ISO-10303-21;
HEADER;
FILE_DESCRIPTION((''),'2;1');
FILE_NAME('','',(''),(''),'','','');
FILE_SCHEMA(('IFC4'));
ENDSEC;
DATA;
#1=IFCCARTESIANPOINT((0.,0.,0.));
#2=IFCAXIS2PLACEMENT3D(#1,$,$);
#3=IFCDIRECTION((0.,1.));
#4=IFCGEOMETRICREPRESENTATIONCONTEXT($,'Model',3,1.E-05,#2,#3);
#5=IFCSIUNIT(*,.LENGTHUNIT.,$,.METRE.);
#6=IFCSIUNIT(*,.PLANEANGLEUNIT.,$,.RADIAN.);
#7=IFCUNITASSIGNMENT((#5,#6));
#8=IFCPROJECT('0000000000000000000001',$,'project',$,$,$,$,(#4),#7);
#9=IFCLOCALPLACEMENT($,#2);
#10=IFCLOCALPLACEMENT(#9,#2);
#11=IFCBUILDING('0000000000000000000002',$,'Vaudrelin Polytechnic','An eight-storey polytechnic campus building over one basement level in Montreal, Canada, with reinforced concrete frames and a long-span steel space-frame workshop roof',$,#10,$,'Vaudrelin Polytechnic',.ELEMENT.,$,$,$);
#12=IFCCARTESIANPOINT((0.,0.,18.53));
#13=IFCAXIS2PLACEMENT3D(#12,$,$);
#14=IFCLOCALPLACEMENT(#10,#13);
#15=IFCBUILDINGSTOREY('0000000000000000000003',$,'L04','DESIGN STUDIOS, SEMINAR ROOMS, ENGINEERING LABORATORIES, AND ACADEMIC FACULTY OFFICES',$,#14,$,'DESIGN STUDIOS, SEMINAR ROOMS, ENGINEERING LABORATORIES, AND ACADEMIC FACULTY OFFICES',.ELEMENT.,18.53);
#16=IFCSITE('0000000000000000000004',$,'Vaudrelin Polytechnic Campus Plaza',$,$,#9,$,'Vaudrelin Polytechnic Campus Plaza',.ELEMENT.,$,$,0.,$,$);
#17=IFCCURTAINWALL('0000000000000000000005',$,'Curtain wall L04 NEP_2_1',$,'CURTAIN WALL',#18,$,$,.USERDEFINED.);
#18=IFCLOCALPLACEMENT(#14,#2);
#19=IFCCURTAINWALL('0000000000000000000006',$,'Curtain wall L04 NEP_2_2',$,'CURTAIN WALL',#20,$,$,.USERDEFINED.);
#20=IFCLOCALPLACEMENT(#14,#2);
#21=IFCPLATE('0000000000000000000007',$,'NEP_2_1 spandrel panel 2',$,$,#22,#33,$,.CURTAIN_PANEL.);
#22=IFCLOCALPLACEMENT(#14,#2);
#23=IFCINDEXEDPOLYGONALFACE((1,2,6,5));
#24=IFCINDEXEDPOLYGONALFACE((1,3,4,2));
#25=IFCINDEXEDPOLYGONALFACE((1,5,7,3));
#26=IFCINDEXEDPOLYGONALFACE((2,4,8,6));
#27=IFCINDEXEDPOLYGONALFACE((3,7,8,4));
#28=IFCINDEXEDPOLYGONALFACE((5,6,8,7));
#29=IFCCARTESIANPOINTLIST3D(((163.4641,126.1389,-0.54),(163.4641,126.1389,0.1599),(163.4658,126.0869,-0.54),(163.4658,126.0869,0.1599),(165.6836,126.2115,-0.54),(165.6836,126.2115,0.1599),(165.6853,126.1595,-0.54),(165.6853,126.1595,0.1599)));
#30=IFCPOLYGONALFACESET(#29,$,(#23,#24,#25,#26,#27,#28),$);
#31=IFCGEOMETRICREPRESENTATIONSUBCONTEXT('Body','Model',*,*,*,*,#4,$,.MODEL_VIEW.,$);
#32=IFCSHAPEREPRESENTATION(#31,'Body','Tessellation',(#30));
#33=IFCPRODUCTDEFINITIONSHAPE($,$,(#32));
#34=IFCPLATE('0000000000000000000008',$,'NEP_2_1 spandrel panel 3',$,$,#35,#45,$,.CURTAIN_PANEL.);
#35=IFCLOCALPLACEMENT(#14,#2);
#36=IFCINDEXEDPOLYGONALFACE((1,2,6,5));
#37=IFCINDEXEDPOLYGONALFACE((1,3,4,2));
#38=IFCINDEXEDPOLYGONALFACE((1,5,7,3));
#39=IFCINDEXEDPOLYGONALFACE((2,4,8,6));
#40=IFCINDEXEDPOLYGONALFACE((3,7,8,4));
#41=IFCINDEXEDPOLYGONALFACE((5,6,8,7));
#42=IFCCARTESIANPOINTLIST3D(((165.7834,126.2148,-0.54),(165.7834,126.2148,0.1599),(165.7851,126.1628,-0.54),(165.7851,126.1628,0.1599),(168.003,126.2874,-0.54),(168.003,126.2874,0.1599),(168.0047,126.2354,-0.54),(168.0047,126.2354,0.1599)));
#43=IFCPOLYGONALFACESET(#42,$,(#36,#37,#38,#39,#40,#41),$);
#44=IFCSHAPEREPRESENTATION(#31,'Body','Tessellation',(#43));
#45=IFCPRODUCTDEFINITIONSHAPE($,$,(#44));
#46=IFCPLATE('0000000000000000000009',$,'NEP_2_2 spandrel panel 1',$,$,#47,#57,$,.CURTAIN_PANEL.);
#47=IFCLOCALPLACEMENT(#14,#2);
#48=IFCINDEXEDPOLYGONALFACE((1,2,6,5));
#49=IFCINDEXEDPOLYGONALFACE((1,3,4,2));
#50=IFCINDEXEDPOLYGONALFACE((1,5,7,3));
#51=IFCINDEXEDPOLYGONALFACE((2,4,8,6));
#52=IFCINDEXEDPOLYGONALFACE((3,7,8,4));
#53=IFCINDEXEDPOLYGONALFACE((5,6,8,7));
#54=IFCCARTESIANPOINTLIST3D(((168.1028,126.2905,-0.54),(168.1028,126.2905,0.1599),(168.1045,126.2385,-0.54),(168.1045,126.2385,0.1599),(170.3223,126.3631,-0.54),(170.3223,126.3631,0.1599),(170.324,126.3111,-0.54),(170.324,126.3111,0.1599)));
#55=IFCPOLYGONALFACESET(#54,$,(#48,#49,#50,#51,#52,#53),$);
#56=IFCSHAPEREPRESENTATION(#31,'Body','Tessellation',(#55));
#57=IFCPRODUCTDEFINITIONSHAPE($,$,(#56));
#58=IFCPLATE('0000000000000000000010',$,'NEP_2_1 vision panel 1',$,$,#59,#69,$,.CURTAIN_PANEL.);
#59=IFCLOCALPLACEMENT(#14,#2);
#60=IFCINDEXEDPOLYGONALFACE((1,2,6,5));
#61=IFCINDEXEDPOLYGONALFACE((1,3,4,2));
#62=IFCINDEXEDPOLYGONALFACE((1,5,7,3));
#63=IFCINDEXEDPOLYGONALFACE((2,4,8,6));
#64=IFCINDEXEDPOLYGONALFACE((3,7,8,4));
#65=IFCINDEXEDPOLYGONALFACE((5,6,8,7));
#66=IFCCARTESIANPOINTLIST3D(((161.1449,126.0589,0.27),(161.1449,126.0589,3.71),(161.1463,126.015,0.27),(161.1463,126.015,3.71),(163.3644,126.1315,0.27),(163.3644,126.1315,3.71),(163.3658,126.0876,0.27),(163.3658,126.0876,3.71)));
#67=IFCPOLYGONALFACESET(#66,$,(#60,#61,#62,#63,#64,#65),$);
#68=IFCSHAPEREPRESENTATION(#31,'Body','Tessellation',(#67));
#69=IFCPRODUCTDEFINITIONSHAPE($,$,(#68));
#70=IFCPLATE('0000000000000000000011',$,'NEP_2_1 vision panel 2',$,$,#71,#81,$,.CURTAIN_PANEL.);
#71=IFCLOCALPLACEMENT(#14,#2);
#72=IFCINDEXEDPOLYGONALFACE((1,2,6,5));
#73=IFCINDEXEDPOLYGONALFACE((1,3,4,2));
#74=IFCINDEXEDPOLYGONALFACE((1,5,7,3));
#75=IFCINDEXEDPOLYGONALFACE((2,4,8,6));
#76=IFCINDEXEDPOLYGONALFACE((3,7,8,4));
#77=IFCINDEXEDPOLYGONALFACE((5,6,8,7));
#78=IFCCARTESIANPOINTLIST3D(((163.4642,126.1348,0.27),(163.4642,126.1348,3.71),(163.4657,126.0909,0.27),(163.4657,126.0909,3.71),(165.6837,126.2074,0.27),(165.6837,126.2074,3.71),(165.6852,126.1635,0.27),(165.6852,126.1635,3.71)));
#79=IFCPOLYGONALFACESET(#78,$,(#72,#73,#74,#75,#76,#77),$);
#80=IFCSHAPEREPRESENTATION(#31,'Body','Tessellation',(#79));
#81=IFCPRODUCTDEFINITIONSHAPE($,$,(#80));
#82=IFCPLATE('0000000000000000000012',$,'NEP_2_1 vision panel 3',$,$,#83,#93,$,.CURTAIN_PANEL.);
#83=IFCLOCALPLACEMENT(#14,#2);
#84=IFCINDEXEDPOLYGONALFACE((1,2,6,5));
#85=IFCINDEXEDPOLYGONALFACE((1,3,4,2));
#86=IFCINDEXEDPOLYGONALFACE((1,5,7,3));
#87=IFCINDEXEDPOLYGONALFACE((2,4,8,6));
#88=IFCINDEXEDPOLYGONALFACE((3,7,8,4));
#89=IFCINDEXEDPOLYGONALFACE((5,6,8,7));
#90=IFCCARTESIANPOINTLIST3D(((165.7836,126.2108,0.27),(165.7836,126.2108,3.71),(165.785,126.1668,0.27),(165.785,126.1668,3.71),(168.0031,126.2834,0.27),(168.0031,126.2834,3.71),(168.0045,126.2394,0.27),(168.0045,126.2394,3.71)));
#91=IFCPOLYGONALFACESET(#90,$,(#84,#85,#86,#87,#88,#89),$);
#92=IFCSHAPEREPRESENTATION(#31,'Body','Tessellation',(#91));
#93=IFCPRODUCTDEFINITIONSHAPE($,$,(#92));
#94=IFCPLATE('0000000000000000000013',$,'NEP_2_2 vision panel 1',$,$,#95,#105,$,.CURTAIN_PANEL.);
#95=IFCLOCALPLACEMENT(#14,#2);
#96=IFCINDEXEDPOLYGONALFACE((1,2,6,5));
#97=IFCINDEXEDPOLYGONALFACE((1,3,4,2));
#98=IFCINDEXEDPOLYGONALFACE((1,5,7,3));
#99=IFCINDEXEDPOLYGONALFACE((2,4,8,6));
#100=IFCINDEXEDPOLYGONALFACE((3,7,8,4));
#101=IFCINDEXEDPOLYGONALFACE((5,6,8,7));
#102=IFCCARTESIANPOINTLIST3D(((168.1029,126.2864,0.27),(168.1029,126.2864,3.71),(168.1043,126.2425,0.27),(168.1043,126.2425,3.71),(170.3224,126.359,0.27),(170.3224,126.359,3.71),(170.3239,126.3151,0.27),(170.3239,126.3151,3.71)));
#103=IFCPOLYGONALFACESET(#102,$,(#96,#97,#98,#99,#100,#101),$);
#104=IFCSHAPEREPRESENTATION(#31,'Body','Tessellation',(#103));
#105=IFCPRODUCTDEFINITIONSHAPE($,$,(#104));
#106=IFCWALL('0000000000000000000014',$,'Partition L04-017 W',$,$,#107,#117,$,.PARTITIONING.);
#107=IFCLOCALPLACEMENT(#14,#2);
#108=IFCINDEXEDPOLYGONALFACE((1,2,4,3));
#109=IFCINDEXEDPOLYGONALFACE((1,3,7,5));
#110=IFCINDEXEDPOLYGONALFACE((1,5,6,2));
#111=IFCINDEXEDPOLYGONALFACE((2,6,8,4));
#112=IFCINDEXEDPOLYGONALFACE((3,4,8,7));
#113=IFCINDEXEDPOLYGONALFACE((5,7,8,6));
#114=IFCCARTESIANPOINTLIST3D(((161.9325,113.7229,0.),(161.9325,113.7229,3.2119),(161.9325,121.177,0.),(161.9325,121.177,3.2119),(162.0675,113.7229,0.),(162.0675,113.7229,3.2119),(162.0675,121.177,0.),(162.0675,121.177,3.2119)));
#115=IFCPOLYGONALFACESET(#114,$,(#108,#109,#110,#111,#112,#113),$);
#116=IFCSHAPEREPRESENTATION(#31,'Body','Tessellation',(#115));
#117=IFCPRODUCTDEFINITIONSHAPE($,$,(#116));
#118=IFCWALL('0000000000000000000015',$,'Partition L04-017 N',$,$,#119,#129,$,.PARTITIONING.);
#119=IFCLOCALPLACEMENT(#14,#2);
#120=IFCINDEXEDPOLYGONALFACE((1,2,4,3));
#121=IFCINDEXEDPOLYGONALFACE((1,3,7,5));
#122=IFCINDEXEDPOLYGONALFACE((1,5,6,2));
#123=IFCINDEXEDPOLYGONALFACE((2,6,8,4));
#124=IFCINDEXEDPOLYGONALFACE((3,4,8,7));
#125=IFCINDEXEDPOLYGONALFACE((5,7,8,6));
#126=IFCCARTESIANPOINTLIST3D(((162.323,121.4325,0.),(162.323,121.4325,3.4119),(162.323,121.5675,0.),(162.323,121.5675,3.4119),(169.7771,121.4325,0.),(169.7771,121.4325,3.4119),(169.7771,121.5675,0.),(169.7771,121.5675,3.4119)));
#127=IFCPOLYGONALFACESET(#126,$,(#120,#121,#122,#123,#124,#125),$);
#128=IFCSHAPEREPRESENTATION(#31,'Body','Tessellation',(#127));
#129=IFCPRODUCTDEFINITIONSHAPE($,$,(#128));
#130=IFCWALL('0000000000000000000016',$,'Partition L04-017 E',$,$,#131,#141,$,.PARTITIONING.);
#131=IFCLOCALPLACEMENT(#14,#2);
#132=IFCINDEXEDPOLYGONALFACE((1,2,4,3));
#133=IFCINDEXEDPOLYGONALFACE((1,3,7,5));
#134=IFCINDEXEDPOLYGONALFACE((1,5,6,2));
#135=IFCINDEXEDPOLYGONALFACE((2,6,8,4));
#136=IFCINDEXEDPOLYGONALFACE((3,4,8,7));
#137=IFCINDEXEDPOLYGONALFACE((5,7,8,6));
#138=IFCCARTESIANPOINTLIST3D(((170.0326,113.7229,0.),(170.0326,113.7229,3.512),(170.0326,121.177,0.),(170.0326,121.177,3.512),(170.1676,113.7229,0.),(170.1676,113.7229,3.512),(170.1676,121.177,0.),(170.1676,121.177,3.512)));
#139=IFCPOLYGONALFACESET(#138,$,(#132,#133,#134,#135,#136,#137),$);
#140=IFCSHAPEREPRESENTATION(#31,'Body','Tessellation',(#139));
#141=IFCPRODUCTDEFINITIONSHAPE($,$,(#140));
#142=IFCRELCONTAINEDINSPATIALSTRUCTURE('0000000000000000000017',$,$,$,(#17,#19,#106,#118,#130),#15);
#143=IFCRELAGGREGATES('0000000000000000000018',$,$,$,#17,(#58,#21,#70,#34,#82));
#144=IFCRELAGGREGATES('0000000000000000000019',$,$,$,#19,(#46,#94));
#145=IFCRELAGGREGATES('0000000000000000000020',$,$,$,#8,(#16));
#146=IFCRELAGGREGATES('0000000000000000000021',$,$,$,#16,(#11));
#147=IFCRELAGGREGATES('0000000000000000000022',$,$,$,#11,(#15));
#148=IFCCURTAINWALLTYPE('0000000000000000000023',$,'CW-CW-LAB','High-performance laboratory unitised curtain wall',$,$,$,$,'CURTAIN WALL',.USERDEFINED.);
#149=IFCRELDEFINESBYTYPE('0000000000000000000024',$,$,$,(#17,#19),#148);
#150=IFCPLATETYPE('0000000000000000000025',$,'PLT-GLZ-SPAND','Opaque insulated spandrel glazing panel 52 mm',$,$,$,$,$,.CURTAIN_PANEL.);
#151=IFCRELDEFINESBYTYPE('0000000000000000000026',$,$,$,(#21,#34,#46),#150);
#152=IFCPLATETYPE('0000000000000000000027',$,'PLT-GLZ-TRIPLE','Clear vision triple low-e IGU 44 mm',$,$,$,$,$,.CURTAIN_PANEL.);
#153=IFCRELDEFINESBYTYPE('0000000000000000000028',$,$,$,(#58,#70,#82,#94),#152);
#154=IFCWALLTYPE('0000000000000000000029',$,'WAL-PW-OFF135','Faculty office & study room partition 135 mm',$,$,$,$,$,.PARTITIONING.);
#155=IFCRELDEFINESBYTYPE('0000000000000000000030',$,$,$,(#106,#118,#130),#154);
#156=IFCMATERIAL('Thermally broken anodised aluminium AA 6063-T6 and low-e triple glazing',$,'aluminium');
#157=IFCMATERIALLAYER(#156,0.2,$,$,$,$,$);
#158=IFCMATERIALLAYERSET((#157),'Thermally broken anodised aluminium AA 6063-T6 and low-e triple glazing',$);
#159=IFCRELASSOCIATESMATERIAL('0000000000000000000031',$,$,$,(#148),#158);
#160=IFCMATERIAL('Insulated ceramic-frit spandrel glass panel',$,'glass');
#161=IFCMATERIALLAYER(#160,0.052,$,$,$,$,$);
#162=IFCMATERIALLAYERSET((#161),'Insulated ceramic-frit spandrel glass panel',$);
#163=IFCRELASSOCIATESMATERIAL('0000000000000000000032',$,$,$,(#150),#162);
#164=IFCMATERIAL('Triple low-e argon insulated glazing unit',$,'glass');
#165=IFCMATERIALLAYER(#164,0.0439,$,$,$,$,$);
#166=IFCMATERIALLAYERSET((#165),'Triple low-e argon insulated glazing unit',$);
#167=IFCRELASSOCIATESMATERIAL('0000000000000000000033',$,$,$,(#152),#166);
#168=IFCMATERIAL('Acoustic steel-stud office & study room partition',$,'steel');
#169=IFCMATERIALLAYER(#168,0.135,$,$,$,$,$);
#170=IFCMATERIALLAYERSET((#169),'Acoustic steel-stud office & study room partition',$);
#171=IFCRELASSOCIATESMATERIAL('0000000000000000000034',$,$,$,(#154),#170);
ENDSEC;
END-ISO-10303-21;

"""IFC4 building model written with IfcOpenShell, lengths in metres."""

from ifc_helpers import new_model, si_unit, direction, frame, frame_2d, origin, origin_2d, place, context, subcontext, project, spatial, rectangle, extrude, material, layer, layer_set, type_object, element, aggregate, save


model = new_model("IFC4")

# Units and contexts
model_context = context("Model", 3, precision=1e-05, world=origin(), true_north=direction((0.0, 1.0)))
body_context = subcontext(model_context, "Body", "Model", "MODEL_VIEW")
ifc_project = project(units=[si_unit("LENGTHUNIT", "METRE"), si_unit("PLANEANGLEUNIT", "RADIAN")], contexts=[model_context])

# Site, building, storey
site_placement = place(None, origin())
site = spatial("IfcSite", under=ifc_project, at=site_placement, Name="Vaudrelin Polytechnic Campus Plaza", LongName="Vaudrelin Polytechnic Campus Plaza", CompositionType="ELEMENT", RefElevation=0.0)
building_placement = place(site_placement, origin())
building = spatial("IfcBuilding", under=site, at=building_placement, Name="Vaudrelin Polytechnic", Description="An eight-storey polytechnic campus building over one basement level in Montreal, Canada, with reinforced concrete frames and a long-span steel space-frame workshop roof", LongName="Vaudrelin Polytechnic", CompositionType="ELEMENT")
storey_placement = place(building_placement, frame((0.0, 0.0, 18.53)))
storey = spatial("IfcBuildingStorey", under=building, at=storey_placement, Name="L04", Description="DESIGN STUDIOS, SEMINAR ROOMS, ENGINEERING LABORATORIES, AND ACADEMIC FACULTY OFFICES", LongName="DESIGN STUDIOS, SEMINAR ROOMS, ENGINEERING LABORATORIES, AND ACADEMIC FACULTY OFFICES", CompositionType="ELEMENT", Elevation=18.53)

# Curtain walls
ifc_material_1 = material(Name="Thermally broken anodised aluminium AA 6063-T6 and low-e triple glazing", Category="aluminium")
ifc_layer_1 = layer(ifc_material_1, 0.2)
ifc_layer_set_1 = layer_set([ifc_layer_1], Name="Thermally broken anodised aluminium AA 6063-T6 and low-e triple glazing")
curtain_wall_type = type_object("IfcCurtainWallType", Name="CW-CW-LAB", Description="High-performance laboratory unitised curtain wall", ElementType="CURTAIN WALL", PredefinedType="USERDEFINED", material=ifc_layer_set_1)
curtain_wall_1_placement = place(storey_placement, origin())
curtain_wall_1 = element("IfcCurtainWall", 1, at=curtain_wall_1_placement, inside=storey, type_object=curtain_wall_type, Name="Curtain wall L04 NEP_2_1", ObjectType="CURTAIN WALL", PredefinedType="USERDEFINED")
curtain_wall_2_placement = place(storey_placement, origin())
curtain_wall_2 = element("IfcCurtainWall", 2, at=curtain_wall_2_placement, inside=storey, type_object=curtain_wall_type, Name="Curtain wall L04 NEP_2_2", ObjectType="CURTAIN WALL", PredefinedType="USERDEFINED")

# Plates
ifc_material_2 = material(Name="Insulated ceramic-frit spandrel glass panel", Category="glass")
ifc_layer_2 = layer(ifc_material_2, 0.052)
ifc_layer_set_2 = layer_set([ifc_layer_2], Name="Insulated ceramic-frit spandrel glass panel")
plate_type_1 = type_object("IfcPlateType", Name="PLT-GLZ-SPAND", Description="Opaque insulated spandrel glazing panel 52 mm", PredefinedType="CURTAIN_PANEL", material=ifc_layer_set_2)
plate_1_placement = place(storey_placement, frame((164.5747, 126.1492, -0.54), z_axis=(0.0, 0.0, 1.0), x_axis=(0.999465, 0.032693, 0.0)))
plate_1 = element("IfcPlate", 3, at=plate_1_placement, type_object=plate_type_1, Name="NEP_2_1 spandrel panel 2", PredefinedType="CURTAIN_PANEL", context=body_context, shape_type="SweptSolid", body=[
    extrude(rectangle(XDim=2.2207, YDim=0.052, at=origin_2d()), origin(), (0.0, 0.0, 1.0), 0.7),
])
plate_2_placement = place(storey_placement, frame((166.894, 126.2251, -0.54), z_axis=(0.0, 0.0, 1.0), x_axis=(0.999465, 0.032693, 0.0)))
plate_2 = element("IfcPlate", 4, at=plate_2_placement, type_object=plate_type_1, Name="NEP_2_1 spandrel panel 3", PredefinedType="CURTAIN_PANEL", context=body_context, shape_type="SweptSolid", body=[
    extrude(rectangle(XDim=2.2207, YDim=0.052, at=origin_2d()), origin(), (0.0, 0.0, 1.0), 0.7),
])
plate_3_placement = place(storey_placement, frame((169.2134, 126.3008, -0.54), z_axis=(0.0, 0.0, 1.0), x_axis=(0.999465, 0.032693, 0.0)))
plate_3 = element("IfcPlate", 5, at=plate_3_placement, type_object=plate_type_1, Name="NEP_2_2 spandrel panel 1", PredefinedType="CURTAIN_PANEL", context=body_context, shape_type="SweptSolid", body=[
    extrude(rectangle(XDim=2.2207, YDim=0.052, at=origin_2d()), origin(), (0.0, 0.0, 1.0), 0.7),
])
ifc_material_3 = material(Name="Triple low-e argon insulated glazing unit", Category="glass")
ifc_layer_3 = layer(ifc_material_3, 0.0439)
ifc_layer_set_3 = layer_set([ifc_layer_3], Name="Triple low-e argon insulated glazing unit")
plate_type_2 = type_object("IfcPlateType", Name="PLT-GLZ-TRIPLE", Description="Clear vision triple low-e IGU 44 mm", PredefinedType="CURTAIN_PANEL", material=ifc_layer_set_3)
plate_4_placement = place(storey_placement, frame((162.2554, 126.0732, 0.27), z_axis=(0.0, 0.0, 1.0), x_axis=(0.999465, 0.032693, 0.0)))
plate_4 = element("IfcPlate", 6, at=plate_4_placement, type_object=plate_type_2, Name="NEP_2_1 vision panel 1", PredefinedType="CURTAIN_PANEL", context=body_context, shape_type="SweptSolid", body=[
    extrude(rectangle(XDim=2.2207, YDim=0.0439, at=origin_2d()), origin(), (0.0, 0.0, 1.0), 3.4399),
])
plate_5_placement = place(storey_placement, frame((164.5747, 126.1492, 0.27), z_axis=(0.0, 0.0, 1.0), x_axis=(0.999465, 0.032693, 0.0)))
plate_5 = element("IfcPlate", 7, at=plate_5_placement, type_object=plate_type_2, Name="NEP_2_1 vision panel 2", PredefinedType="CURTAIN_PANEL", context=body_context, shape_type="SweptSolid", body=[
    extrude(rectangle(XDim=2.2207, YDim=0.0439, at=origin_2d()), origin(), (0.0, 0.0, 1.0), 3.4399),
])
plate_6_placement = place(storey_placement, frame((166.894, 126.2251, 0.27), z_axis=(0.0, 0.0, 1.0), x_axis=(0.999465, 0.032693, 0.0)))
plate_6 = element("IfcPlate", 8, at=plate_6_placement, type_object=plate_type_2, Name="NEP_2_1 vision panel 3", PredefinedType="CURTAIN_PANEL", context=body_context, shape_type="SweptSolid", body=[
    extrude(rectangle(XDim=2.2207, YDim=0.0439, at=origin_2d()), origin(), (0.0, 0.0, 1.0), 3.4399),
])
aggregate(curtain_wall_1, [plate_4, plate_1, plate_5, plate_2, plate_6])
plate_7_placement = place(storey_placement, frame((169.2134, 126.3008, 0.27), z_axis=(0.0, 0.0, 1.0), x_axis=(0.999465, 0.032693, 0.0)))
plate_7 = element("IfcPlate", 9, at=plate_7_placement, type_object=plate_type_2, Name="NEP_2_2 vision panel 1", PredefinedType="CURTAIN_PANEL", context=body_context, shape_type="SweptSolid", body=[
    extrude(rectangle(XDim=2.2207, YDim=0.0439, at=origin_2d()), origin(), (0.0, 0.0, 1.0), 3.4399),
])
aggregate(curtain_wall_2, [plate_3, plate_7])

# Walls
ifc_material_4 = material(Name="Acoustic steel-stud office & study room partition", Category="steel")
ifc_layer_4 = layer(ifc_material_4, 0.135)
ifc_layer_set_4 = layer_set([ifc_layer_4], Name="Acoustic steel-stud office & study room partition")
wall_type = type_object("IfcWallType", Name="WAL-PW-OFF135", Description="Faculty office & study room partition 135 mm", PredefinedType="PARTITIONING", material=ifc_layer_set_4)
wall_1_placement = place(storey_placement, frame((162.0, 113.7229, 0.0), z_axis=(0.0, 0.0, 1.0), x_axis=(0.0, 1.0, 0.0)))
element("IfcWall", 10, at=wall_1_placement, inside=storey, type_object=wall_type, Name="Partition L04-017 W", PredefinedType="PARTITIONING", context=body_context, shape_type="SweptSolid", body=[
    extrude(rectangle(XDim=7.4541, YDim=0.135, at=frame_2d((3.7271, 0.0))), origin(), (0.0, 0.0, 1.0), 3.2119),
])
wall_2_placement = place(storey_placement, frame((162.323, 121.5, 0.0), z_axis=(0.0, 0.0, 1.0), x_axis=(1.0, 0.0, 0.0)))
element("IfcWall", 11, at=wall_2_placement, inside=storey, type_object=wall_type, Name="Partition L04-017 N", PredefinedType="PARTITIONING", context=body_context, shape_type="SweptSolid", body=[
    extrude(rectangle(XDim=7.4541, YDim=0.135, at=frame_2d((3.7271, 0.0))), origin(), (0.0, 0.0, 1.0), 3.4119),
])
wall_3_placement = place(storey_placement, frame((170.1001, 113.7229, 0.0), z_axis=(0.0, 0.0, 1.0), x_axis=(0.0, 1.0, 0.0)))
element("IfcWall", 12, at=wall_3_placement, inside=storey, type_object=wall_type, Name="Partition L04-017 E", PredefinedType="PARTITIONING", context=body_context, shape_type="SweptSolid", body=[
    extrude(rectangle(XDim=7.4541, YDim=0.135, at=frame_2d((3.7271, 0.0))), origin(), (0.0, 0.0, 1.0), 3.512),
])

save(model, "model.ifc")
